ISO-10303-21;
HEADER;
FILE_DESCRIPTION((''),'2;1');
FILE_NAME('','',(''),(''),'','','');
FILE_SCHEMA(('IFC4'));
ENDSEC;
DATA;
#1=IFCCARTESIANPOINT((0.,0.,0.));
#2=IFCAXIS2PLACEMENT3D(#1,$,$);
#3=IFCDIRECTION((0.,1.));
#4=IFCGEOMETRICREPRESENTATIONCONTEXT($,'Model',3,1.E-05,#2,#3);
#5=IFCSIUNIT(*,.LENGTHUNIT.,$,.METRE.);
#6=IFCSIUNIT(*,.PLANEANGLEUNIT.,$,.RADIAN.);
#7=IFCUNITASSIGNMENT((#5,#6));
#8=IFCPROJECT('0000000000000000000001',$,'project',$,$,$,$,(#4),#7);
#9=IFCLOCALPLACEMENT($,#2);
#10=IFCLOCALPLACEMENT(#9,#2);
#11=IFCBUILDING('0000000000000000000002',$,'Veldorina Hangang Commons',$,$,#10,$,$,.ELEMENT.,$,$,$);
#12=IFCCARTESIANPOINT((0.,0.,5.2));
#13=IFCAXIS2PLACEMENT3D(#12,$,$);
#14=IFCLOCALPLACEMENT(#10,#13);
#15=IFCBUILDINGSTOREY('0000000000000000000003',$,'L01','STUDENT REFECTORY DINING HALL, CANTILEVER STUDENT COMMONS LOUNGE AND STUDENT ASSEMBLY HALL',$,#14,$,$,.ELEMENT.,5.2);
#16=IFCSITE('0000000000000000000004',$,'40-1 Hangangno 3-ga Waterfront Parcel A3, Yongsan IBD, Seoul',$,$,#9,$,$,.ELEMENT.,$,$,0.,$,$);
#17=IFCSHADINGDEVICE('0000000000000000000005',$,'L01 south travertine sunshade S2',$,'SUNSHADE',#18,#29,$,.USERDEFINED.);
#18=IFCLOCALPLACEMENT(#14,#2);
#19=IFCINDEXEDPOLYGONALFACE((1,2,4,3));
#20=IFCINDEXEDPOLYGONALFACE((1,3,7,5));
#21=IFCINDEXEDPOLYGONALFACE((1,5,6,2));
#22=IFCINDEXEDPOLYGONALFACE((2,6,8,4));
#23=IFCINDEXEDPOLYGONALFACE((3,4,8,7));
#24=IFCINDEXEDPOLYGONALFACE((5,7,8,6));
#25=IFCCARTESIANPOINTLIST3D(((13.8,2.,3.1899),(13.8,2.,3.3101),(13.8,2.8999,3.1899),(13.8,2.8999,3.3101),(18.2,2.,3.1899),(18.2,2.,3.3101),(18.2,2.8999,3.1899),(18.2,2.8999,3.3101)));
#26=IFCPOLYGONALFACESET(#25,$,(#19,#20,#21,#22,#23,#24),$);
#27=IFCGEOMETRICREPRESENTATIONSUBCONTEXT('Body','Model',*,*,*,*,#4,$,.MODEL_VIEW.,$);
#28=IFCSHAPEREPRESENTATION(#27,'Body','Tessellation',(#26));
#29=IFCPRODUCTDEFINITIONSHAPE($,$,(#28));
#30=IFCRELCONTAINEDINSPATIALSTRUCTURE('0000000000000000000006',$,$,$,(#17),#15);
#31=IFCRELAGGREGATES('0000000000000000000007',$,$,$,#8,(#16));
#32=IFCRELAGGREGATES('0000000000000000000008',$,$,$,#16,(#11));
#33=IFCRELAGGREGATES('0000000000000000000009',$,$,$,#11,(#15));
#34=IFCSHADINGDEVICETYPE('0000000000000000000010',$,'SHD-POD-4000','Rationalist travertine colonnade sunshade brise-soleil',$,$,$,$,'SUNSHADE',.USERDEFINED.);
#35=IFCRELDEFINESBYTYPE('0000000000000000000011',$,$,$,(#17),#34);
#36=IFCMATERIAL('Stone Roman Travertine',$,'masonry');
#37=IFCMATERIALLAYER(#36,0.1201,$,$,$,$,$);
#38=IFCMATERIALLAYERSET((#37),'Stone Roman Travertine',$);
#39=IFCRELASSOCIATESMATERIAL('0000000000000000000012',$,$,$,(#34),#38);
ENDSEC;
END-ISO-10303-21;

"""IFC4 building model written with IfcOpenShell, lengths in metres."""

from ifc_helpers import new_model, si_unit, direction, frame, origin, origin_2d, place, context, subcontext, project, spatial, rectangle, extrude, material, layer, layer_set, type_object, element, save


model = new_model("IFC4")

# Units and contexts
model_context = context("Model", 3, precision=1e-05, world=origin(), true_north=direction((0.0, 1.0)))
body_context = subcontext(model_context, "Body", "Model", "MODEL_VIEW")
ifc_project = project(units=[si_unit("LENGTHUNIT", "METRE"), si_unit("PLANEANGLEUNIT", "RADIAN")], contexts=[model_context])

# Site, building, storey
site_placement = place(None, origin())
site = spatial("IfcSite", under=ifc_project, at=site_placement, Name="40-1 Hangangno 3-ga Waterfront Parcel A3, Yongsan IBD, Seoul", CompositionType="ELEMENT", RefElevation=0.0)
building_placement = place(site_placement, origin())
building = spatial("IfcBuilding", under=site, at=building_placement, Name="Veldorina Hangang Commons", CompositionType="ELEMENT")
storey_placement = place(building_placement, frame((0.0, 0.0, 5.2)))
storey = spatial("IfcBuildingStorey", under=building, at=storey_placement, Name="L01", Description="STUDENT REFECTORY DINING HALL, CANTILEVER STUDENT COMMONS LOUNGE AND STUDENT ASSEMBLY HALL", CompositionType="ELEMENT", Elevation=5.2)

# Shared definitions
ifc_material_1 = material(Name="Stone Roman Travertine", Category="masonry")

# Shading device
ifc_layer_1 = layer(ifc_material_1, 0.1201)
ifc_layer_set_1 = layer_set([ifc_layer_1], Name="Stone Roman Travertine")
shading_device_type = type_object("IfcShadingDeviceType", Name="SHD-POD-4000", Description="Rationalist travertine colonnade sunshade brise-soleil", ElementType="SUNSHADE", PredefinedType="USERDEFINED", material=ifc_layer_set_1)
for number, where, z_axis, x_axis, name in (
    (1, (16.0, 2.45, 3.1899), (0.0, 0.0, 1.0), (1.0, 0.0, 0.0), "L01 south travertine sunshade S2"),
):
    element("IfcShadingDevice", number, at=place(storey_placement, frame(where, z_axis=z_axis, x_axis=x_axis)), inside=storey, type_object=shading_device_type, Name=name, ObjectType="SUNSHADE", PredefinedType="USERDEFINED", context=body_context, shape_type="SweptSolid", body=[
        extrude(rectangle(XDim=4.3999, YDim=0.8999, at=origin_2d()), origin(), (0.0, 0.0, 1.0), 0.1201),
    ])

save(model, "model.ifc")
